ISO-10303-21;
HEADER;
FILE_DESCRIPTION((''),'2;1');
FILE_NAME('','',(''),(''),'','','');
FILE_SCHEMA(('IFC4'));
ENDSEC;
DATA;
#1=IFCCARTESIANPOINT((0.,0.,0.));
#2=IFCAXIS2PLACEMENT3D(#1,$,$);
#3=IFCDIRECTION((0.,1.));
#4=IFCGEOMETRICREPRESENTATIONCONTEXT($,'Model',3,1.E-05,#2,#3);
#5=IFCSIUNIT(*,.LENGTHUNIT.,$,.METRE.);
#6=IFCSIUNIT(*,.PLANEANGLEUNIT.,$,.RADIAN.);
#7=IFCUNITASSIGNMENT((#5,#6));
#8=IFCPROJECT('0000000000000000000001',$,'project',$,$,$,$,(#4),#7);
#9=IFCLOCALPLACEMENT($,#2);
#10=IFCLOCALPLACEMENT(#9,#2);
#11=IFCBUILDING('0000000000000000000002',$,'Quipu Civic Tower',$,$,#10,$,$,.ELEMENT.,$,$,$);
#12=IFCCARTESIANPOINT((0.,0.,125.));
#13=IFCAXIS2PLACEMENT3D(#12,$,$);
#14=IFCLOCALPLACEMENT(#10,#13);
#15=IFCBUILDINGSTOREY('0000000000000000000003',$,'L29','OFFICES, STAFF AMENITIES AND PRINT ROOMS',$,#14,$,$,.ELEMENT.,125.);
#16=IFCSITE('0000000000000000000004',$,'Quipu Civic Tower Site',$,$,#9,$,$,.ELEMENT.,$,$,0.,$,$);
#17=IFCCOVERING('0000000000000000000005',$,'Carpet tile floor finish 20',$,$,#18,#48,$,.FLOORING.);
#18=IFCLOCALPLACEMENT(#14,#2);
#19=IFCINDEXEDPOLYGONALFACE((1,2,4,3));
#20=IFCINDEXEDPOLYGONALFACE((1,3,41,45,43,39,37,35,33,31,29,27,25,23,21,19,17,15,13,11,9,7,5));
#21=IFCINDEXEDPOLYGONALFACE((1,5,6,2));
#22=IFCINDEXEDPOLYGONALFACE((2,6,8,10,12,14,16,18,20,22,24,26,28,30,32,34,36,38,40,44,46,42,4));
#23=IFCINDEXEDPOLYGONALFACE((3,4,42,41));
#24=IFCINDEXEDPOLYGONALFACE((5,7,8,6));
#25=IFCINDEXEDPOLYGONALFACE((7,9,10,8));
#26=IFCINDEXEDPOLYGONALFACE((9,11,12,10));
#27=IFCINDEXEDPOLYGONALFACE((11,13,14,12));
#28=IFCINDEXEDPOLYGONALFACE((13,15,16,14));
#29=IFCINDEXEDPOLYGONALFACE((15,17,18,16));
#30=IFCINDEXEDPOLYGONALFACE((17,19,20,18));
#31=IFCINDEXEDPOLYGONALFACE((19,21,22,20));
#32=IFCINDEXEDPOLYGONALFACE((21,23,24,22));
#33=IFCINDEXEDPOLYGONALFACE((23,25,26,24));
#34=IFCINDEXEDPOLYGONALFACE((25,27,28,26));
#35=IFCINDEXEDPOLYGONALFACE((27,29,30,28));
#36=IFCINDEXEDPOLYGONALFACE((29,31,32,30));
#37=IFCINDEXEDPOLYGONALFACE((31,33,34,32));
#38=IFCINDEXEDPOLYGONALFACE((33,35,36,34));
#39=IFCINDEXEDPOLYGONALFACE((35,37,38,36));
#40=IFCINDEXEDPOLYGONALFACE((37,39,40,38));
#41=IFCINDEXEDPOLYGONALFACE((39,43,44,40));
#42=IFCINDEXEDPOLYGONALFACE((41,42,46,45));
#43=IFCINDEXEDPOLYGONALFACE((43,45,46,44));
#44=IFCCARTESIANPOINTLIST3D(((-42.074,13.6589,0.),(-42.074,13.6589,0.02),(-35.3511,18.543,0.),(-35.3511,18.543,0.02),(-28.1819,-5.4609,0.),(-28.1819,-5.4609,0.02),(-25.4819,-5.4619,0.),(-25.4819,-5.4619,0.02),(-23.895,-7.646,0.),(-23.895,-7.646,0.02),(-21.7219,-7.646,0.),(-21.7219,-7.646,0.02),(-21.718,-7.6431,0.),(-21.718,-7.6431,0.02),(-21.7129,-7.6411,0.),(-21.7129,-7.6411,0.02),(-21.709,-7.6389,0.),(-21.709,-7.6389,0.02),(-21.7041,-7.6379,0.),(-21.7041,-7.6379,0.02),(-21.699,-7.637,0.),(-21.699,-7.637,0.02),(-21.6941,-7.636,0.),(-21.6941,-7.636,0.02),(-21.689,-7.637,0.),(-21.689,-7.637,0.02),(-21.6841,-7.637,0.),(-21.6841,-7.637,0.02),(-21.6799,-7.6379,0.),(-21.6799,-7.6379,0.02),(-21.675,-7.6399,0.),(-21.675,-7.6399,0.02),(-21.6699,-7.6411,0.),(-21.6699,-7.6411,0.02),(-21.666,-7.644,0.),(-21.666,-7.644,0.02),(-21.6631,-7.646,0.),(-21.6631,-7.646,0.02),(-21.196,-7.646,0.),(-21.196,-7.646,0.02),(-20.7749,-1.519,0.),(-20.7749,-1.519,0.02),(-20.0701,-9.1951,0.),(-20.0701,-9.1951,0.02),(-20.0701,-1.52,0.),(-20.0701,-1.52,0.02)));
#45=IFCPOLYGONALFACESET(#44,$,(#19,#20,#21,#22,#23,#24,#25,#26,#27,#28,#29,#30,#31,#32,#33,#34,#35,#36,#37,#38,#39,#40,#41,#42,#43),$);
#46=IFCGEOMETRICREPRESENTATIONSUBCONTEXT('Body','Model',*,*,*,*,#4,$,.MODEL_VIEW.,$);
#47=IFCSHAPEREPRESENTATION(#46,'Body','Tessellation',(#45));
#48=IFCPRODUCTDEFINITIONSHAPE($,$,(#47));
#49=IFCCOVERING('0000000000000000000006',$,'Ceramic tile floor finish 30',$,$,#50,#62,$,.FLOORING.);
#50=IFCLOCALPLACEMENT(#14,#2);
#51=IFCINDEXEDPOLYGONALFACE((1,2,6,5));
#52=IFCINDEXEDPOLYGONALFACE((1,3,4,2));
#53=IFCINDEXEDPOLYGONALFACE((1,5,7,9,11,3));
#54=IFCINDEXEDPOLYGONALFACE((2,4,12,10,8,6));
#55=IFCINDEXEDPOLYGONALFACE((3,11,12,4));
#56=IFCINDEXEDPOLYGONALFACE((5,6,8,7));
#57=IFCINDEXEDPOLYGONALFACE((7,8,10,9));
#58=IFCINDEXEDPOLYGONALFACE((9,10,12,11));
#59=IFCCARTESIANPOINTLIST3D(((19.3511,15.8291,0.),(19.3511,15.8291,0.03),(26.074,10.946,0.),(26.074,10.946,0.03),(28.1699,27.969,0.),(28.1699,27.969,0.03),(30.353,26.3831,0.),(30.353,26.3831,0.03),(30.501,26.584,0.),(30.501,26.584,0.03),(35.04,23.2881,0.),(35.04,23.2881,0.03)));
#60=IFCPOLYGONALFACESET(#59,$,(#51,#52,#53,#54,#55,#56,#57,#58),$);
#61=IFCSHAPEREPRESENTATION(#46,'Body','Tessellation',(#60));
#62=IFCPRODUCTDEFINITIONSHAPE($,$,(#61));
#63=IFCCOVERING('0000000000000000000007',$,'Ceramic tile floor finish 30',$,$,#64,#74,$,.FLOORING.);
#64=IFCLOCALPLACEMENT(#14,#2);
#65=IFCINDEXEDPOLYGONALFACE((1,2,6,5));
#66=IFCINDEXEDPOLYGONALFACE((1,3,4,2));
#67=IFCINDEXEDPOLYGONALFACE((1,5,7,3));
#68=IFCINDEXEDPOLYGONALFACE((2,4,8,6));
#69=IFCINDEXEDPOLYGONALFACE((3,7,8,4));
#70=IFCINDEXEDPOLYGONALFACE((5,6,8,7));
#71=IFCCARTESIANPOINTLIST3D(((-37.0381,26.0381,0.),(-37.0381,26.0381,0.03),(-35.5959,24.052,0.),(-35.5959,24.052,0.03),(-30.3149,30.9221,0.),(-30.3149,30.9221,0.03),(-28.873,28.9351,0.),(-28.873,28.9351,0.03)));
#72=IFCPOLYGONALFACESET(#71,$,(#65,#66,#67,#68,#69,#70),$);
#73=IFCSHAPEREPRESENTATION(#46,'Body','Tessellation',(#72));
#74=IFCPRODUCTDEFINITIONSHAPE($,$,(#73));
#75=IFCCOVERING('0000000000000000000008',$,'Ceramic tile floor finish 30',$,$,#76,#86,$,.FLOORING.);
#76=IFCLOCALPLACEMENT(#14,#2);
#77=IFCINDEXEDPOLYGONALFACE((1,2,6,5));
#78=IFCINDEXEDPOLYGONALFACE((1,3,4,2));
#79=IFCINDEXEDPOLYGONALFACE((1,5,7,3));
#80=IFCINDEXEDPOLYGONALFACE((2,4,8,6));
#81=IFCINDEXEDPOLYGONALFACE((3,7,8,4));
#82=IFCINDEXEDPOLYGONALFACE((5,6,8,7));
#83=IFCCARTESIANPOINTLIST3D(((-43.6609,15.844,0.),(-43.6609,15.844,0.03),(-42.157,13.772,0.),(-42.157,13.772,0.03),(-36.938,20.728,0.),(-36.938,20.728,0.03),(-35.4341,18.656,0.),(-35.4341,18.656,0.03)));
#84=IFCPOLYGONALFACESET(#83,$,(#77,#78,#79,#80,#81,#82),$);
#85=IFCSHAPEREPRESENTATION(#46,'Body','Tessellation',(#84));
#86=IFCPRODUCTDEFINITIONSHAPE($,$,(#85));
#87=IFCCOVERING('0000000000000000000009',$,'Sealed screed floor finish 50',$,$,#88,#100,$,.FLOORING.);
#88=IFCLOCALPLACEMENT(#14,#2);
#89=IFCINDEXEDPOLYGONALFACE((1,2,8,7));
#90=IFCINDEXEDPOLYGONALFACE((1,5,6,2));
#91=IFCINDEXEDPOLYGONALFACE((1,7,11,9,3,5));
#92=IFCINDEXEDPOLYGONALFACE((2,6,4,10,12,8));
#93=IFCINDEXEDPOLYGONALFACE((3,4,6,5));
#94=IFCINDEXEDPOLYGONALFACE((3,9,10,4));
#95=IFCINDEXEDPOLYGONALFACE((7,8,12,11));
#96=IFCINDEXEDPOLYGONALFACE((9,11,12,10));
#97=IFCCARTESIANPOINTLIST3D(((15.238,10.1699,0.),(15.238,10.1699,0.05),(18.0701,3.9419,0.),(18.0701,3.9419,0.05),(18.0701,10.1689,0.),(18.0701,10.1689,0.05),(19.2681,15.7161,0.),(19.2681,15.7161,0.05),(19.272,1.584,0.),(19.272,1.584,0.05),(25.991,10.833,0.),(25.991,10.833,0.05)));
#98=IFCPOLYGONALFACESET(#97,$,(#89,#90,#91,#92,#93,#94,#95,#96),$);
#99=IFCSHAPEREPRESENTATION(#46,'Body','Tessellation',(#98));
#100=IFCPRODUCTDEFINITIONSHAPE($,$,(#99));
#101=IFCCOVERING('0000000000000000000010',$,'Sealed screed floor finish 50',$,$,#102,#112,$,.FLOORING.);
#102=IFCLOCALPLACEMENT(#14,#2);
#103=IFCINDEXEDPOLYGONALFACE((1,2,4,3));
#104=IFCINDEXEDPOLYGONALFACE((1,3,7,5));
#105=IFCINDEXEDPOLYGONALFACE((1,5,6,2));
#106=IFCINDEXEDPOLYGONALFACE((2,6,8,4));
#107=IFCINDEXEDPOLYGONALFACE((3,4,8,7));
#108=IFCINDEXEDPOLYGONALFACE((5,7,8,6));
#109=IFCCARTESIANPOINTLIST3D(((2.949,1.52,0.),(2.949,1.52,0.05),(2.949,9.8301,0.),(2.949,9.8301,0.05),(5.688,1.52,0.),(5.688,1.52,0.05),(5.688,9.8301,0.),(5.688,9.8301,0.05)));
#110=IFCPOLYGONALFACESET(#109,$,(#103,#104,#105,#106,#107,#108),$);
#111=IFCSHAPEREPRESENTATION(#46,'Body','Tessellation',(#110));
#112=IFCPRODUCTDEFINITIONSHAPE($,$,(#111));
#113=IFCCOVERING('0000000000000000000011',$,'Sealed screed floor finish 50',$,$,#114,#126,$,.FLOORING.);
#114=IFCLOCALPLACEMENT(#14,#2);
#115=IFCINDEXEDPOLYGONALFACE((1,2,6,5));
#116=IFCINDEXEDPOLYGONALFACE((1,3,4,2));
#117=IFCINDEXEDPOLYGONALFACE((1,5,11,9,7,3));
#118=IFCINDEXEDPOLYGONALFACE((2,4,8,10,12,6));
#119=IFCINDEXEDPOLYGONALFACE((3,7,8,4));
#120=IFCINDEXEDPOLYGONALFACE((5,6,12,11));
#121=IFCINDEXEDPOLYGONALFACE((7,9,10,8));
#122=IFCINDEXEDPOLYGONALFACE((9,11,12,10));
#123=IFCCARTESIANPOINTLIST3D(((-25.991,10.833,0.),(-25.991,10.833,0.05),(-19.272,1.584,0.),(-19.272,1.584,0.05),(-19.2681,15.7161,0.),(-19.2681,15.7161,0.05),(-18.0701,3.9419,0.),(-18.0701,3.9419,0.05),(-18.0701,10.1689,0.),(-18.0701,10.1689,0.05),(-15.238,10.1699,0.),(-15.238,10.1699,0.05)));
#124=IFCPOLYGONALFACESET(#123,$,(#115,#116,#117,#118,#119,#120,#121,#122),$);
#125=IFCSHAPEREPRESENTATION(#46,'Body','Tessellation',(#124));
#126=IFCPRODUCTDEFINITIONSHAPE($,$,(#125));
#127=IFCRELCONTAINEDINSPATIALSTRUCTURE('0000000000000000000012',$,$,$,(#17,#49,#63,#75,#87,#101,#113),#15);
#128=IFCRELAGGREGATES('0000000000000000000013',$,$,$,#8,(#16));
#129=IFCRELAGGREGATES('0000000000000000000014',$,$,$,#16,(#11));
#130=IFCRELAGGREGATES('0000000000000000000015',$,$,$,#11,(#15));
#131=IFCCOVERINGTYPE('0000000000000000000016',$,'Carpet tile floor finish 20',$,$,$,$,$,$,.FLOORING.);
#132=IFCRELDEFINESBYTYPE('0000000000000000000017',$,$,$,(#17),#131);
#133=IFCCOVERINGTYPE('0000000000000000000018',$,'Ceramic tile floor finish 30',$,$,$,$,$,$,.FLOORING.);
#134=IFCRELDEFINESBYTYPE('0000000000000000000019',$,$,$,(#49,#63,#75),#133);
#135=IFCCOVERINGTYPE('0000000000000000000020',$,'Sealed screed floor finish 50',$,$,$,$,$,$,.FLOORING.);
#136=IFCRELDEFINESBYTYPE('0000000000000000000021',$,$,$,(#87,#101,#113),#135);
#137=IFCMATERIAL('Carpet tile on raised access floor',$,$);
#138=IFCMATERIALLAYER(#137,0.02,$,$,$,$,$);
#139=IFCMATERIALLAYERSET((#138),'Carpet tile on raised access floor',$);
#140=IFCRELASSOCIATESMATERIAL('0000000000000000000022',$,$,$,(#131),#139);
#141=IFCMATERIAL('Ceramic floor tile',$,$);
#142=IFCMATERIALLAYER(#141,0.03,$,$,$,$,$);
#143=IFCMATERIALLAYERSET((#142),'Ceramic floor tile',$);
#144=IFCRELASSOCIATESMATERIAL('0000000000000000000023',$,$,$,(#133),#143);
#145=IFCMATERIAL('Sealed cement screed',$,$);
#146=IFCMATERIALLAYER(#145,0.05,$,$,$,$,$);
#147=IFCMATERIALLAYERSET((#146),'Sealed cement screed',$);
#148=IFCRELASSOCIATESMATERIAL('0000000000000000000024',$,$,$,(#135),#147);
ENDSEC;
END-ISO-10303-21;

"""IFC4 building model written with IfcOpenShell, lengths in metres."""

from ifc_helpers import new_model, si_unit, direction, frame, origin, place, context, subcontext, project, spatial, polyline, outline, extrude, material, layer, layer_set, type_object, element, save


model = new_model("IFC4")

# Units and contexts
model_context = context("Model", 3, precision=1e-05, world=origin(), true_north=direction((0.0, 1.0)))
body_context = subcontext(model_context, "Body", "Model", "MODEL_VIEW")
ifc_project = project(units=[si_unit("LENGTHUNIT", "METRE"), si_unit("PLANEANGLEUNIT", "RADIAN")], contexts=[model_context])

# Site, building, storey
site_placement = place(None, origin())
site = spatial("IfcSite", under=ifc_project, at=site_placement, Name="Quipu Civic Tower Site", CompositionType="ELEMENT", RefElevation=0.0)
building_placement = place(site_placement, origin())
building = spatial("IfcBuilding", under=site, at=building_placement, Name="Quipu Civic Tower", CompositionType="ELEMENT")
storey_placement = place(building_placement, frame((0.0, 0.0, 125.0)))
storey = spatial("IfcBuildingStorey", under=building, at=storey_placement, Name="L29", Description="OFFICES, STAFF AMENITIES AND PRINT ROOMS", CompositionType="ELEMENT", Elevation=125.0)

# Coverings
ifc_material_1 = material(Name="Carpet tile on raised access floor")
ifc_layer_1 = layer(ifc_material_1, 0.02)
ifc_layer_set_1 = layer_set([ifc_layer_1], Name="Carpet tile on raised access floor")
covering_type_1 = type_object("IfcCoveringType", Name="Carpet tile floor finish 20", PredefinedType="FLOORING", material=ifc_layer_set_1)
covering_1_placement = place(storey_placement, origin())
element("IfcCovering", 1, at=covering_1_placement, inside=storey, type_object=covering_type_1, Name="Carpet tile floor finish 20", PredefinedType="FLOORING", context=body_context, shape_type="SweptSolid", body=[
    extrude(outline(polyline([(-42.074, 13.6589), (-35.3511, 18.543), (-20.7749, -1.519), (-20.0701, -1.52), (-20.0701, -9.1951), (-21.196, -7.646), (-21.6631, -7.646), (-21.666, -7.644), (-21.6699, -7.6411), (-21.675, -7.6399), (-21.6799, -7.6379), (-21.6841, -7.637), (-21.689, -7.637), (-21.6941, -7.636), (-21.699, -7.637), (-21.7041, -7.6379), (-21.709, -7.6389), (-21.7129, -7.6411), (-21.718, -7.6431), (-21.7219, -7.646), (-21.7219, -7.646), (-23.895, -7.646), (-25.4819, -5.4619), (-28.1819, -5.4609), (-42.074, 13.6589)])), origin(), (0.0, 0.0, 1.0), 0.02),
])
ifc_material_2 = material(Name="Ceramic floor tile")
ifc_layer_2 = layer(ifc_material_2, 0.03)
ifc_layer_set_2 = layer_set([ifc_layer_2], Name="Ceramic floor tile")
covering_type_2 = type_object("IfcCoveringType", Name="Ceramic tile floor finish 30", PredefinedType="FLOORING", material=ifc_layer_set_2)
covering_2_placement = place(storey_placement, origin())
element("IfcCovering", 2, at=covering_2_placement, inside=storey, type_object=covering_type_2, Name="Ceramic tile floor finish 30", PredefinedType="FLOORING", context=body_context, shape_type="SweptSolid", body=[
    extrude(outline(polyline([(19.3511, 15.8291), (28.1699, 27.969), (30.353, 26.3831), (30.501, 26.584), (35.04, 23.2881), (26.074, 10.946), (19.3511, 15.8291)])), origin(), (0.0, 0.0, 1.0), 0.03),
])
covering_3_placement = place(storey_placement, origin())
element("IfcCovering", 3, at=covering_3_placement, inside=storey, type_object=covering_type_2, Name="Ceramic tile floor finish 30", PredefinedType="FLOORING", context=body_context, shape_type="SweptSolid", body=[
    extrude(outline(polyline([(-37.0381, 26.0381), (-30.3149, 30.9221), (-28.873, 28.9351), (-35.5959, 24.052), (-37.0381, 26.0381)])), origin(), (0.0, 0.0, 1.0), 0.03),
])
covering_4_placement = place(storey_placement, origin())
element("IfcCovering", 4, at=covering_4_placement, inside=storey, type_object=covering_type_2, Name="Ceramic tile floor finish 30", PredefinedType="FLOORING", context=body_context, shape_type="SweptSolid", body=[
    extrude(outline(polyline([(-43.6609, 15.844), (-36.938, 20.728), (-35.4341, 18.656), (-42.157, 13.772), (-43.6609, 15.844)])), origin(), (0.0, 0.0, 1.0), 0.03),
])
ifc_material_3 = material(Name="Sealed cement screed")
ifc_layer_3 = layer(ifc_material_3, 0.05)
ifc_layer_set_3 = layer_set([ifc_layer_3], Name="Sealed cement screed")
covering_type_3 = type_object("IfcCoveringType", Name="Sealed screed floor finish 50", PredefinedType="FLOORING", material=ifc_layer_set_3)
covering_5_placement = place(storey_placement, origin())
element("IfcCovering", 5, at=covering_5_placement, inside=storey, type_object=covering_type_3, Name="Sealed screed floor finish 50", PredefinedType="FLOORING", context=body_context, shape_type="SweptSolid", body=[
    extrude(outline(polyline([(15.238, 10.1699), (19.2681, 15.7161), (25.991, 10.833), (19.272, 1.584), (18.0701, 3.9419), (18.0701, 10.1689), (15.238, 10.1699)])), origin(), (0.0, 0.0, 1.0), 0.05),
])
covering_6_placement = place(storey_placement, origin())
element("IfcCovering", 6, at=covering_6_placement, inside=storey, type_object=covering_type_3, Name="Sealed screed floor finish 50", PredefinedType="FLOORING", context=body_context, shape_type="SweptSolid", body=[
    extrude(outline(polyline([(2.949, 1.52), (2.949, 9.8301), (5.688, 9.8301), (5.688, 1.52), (2.949, 1.52)])), origin(), (0.0, 0.0, 1.0), 0.05),
])
covering_7_placement = place(storey_placement, origin())
element("IfcCovering", 7, at=covering_7_placement, inside=storey, type_object=covering_type_3, Name="Sealed screed floor finish 50", PredefinedType="FLOORING", context=body_context, shape_type="SweptSolid", body=[
    extrude(outline(polyline([(-25.991, 10.833), (-19.2681, 15.7161), (-15.238, 10.1699), (-18.0701, 10.1689), (-18.0701, 3.9419), (-19.272, 1.584), (-25.991, 10.833)])), origin(), (0.0, 0.0, 1.0), 0.05),
])

save(model, "model.ifc")
